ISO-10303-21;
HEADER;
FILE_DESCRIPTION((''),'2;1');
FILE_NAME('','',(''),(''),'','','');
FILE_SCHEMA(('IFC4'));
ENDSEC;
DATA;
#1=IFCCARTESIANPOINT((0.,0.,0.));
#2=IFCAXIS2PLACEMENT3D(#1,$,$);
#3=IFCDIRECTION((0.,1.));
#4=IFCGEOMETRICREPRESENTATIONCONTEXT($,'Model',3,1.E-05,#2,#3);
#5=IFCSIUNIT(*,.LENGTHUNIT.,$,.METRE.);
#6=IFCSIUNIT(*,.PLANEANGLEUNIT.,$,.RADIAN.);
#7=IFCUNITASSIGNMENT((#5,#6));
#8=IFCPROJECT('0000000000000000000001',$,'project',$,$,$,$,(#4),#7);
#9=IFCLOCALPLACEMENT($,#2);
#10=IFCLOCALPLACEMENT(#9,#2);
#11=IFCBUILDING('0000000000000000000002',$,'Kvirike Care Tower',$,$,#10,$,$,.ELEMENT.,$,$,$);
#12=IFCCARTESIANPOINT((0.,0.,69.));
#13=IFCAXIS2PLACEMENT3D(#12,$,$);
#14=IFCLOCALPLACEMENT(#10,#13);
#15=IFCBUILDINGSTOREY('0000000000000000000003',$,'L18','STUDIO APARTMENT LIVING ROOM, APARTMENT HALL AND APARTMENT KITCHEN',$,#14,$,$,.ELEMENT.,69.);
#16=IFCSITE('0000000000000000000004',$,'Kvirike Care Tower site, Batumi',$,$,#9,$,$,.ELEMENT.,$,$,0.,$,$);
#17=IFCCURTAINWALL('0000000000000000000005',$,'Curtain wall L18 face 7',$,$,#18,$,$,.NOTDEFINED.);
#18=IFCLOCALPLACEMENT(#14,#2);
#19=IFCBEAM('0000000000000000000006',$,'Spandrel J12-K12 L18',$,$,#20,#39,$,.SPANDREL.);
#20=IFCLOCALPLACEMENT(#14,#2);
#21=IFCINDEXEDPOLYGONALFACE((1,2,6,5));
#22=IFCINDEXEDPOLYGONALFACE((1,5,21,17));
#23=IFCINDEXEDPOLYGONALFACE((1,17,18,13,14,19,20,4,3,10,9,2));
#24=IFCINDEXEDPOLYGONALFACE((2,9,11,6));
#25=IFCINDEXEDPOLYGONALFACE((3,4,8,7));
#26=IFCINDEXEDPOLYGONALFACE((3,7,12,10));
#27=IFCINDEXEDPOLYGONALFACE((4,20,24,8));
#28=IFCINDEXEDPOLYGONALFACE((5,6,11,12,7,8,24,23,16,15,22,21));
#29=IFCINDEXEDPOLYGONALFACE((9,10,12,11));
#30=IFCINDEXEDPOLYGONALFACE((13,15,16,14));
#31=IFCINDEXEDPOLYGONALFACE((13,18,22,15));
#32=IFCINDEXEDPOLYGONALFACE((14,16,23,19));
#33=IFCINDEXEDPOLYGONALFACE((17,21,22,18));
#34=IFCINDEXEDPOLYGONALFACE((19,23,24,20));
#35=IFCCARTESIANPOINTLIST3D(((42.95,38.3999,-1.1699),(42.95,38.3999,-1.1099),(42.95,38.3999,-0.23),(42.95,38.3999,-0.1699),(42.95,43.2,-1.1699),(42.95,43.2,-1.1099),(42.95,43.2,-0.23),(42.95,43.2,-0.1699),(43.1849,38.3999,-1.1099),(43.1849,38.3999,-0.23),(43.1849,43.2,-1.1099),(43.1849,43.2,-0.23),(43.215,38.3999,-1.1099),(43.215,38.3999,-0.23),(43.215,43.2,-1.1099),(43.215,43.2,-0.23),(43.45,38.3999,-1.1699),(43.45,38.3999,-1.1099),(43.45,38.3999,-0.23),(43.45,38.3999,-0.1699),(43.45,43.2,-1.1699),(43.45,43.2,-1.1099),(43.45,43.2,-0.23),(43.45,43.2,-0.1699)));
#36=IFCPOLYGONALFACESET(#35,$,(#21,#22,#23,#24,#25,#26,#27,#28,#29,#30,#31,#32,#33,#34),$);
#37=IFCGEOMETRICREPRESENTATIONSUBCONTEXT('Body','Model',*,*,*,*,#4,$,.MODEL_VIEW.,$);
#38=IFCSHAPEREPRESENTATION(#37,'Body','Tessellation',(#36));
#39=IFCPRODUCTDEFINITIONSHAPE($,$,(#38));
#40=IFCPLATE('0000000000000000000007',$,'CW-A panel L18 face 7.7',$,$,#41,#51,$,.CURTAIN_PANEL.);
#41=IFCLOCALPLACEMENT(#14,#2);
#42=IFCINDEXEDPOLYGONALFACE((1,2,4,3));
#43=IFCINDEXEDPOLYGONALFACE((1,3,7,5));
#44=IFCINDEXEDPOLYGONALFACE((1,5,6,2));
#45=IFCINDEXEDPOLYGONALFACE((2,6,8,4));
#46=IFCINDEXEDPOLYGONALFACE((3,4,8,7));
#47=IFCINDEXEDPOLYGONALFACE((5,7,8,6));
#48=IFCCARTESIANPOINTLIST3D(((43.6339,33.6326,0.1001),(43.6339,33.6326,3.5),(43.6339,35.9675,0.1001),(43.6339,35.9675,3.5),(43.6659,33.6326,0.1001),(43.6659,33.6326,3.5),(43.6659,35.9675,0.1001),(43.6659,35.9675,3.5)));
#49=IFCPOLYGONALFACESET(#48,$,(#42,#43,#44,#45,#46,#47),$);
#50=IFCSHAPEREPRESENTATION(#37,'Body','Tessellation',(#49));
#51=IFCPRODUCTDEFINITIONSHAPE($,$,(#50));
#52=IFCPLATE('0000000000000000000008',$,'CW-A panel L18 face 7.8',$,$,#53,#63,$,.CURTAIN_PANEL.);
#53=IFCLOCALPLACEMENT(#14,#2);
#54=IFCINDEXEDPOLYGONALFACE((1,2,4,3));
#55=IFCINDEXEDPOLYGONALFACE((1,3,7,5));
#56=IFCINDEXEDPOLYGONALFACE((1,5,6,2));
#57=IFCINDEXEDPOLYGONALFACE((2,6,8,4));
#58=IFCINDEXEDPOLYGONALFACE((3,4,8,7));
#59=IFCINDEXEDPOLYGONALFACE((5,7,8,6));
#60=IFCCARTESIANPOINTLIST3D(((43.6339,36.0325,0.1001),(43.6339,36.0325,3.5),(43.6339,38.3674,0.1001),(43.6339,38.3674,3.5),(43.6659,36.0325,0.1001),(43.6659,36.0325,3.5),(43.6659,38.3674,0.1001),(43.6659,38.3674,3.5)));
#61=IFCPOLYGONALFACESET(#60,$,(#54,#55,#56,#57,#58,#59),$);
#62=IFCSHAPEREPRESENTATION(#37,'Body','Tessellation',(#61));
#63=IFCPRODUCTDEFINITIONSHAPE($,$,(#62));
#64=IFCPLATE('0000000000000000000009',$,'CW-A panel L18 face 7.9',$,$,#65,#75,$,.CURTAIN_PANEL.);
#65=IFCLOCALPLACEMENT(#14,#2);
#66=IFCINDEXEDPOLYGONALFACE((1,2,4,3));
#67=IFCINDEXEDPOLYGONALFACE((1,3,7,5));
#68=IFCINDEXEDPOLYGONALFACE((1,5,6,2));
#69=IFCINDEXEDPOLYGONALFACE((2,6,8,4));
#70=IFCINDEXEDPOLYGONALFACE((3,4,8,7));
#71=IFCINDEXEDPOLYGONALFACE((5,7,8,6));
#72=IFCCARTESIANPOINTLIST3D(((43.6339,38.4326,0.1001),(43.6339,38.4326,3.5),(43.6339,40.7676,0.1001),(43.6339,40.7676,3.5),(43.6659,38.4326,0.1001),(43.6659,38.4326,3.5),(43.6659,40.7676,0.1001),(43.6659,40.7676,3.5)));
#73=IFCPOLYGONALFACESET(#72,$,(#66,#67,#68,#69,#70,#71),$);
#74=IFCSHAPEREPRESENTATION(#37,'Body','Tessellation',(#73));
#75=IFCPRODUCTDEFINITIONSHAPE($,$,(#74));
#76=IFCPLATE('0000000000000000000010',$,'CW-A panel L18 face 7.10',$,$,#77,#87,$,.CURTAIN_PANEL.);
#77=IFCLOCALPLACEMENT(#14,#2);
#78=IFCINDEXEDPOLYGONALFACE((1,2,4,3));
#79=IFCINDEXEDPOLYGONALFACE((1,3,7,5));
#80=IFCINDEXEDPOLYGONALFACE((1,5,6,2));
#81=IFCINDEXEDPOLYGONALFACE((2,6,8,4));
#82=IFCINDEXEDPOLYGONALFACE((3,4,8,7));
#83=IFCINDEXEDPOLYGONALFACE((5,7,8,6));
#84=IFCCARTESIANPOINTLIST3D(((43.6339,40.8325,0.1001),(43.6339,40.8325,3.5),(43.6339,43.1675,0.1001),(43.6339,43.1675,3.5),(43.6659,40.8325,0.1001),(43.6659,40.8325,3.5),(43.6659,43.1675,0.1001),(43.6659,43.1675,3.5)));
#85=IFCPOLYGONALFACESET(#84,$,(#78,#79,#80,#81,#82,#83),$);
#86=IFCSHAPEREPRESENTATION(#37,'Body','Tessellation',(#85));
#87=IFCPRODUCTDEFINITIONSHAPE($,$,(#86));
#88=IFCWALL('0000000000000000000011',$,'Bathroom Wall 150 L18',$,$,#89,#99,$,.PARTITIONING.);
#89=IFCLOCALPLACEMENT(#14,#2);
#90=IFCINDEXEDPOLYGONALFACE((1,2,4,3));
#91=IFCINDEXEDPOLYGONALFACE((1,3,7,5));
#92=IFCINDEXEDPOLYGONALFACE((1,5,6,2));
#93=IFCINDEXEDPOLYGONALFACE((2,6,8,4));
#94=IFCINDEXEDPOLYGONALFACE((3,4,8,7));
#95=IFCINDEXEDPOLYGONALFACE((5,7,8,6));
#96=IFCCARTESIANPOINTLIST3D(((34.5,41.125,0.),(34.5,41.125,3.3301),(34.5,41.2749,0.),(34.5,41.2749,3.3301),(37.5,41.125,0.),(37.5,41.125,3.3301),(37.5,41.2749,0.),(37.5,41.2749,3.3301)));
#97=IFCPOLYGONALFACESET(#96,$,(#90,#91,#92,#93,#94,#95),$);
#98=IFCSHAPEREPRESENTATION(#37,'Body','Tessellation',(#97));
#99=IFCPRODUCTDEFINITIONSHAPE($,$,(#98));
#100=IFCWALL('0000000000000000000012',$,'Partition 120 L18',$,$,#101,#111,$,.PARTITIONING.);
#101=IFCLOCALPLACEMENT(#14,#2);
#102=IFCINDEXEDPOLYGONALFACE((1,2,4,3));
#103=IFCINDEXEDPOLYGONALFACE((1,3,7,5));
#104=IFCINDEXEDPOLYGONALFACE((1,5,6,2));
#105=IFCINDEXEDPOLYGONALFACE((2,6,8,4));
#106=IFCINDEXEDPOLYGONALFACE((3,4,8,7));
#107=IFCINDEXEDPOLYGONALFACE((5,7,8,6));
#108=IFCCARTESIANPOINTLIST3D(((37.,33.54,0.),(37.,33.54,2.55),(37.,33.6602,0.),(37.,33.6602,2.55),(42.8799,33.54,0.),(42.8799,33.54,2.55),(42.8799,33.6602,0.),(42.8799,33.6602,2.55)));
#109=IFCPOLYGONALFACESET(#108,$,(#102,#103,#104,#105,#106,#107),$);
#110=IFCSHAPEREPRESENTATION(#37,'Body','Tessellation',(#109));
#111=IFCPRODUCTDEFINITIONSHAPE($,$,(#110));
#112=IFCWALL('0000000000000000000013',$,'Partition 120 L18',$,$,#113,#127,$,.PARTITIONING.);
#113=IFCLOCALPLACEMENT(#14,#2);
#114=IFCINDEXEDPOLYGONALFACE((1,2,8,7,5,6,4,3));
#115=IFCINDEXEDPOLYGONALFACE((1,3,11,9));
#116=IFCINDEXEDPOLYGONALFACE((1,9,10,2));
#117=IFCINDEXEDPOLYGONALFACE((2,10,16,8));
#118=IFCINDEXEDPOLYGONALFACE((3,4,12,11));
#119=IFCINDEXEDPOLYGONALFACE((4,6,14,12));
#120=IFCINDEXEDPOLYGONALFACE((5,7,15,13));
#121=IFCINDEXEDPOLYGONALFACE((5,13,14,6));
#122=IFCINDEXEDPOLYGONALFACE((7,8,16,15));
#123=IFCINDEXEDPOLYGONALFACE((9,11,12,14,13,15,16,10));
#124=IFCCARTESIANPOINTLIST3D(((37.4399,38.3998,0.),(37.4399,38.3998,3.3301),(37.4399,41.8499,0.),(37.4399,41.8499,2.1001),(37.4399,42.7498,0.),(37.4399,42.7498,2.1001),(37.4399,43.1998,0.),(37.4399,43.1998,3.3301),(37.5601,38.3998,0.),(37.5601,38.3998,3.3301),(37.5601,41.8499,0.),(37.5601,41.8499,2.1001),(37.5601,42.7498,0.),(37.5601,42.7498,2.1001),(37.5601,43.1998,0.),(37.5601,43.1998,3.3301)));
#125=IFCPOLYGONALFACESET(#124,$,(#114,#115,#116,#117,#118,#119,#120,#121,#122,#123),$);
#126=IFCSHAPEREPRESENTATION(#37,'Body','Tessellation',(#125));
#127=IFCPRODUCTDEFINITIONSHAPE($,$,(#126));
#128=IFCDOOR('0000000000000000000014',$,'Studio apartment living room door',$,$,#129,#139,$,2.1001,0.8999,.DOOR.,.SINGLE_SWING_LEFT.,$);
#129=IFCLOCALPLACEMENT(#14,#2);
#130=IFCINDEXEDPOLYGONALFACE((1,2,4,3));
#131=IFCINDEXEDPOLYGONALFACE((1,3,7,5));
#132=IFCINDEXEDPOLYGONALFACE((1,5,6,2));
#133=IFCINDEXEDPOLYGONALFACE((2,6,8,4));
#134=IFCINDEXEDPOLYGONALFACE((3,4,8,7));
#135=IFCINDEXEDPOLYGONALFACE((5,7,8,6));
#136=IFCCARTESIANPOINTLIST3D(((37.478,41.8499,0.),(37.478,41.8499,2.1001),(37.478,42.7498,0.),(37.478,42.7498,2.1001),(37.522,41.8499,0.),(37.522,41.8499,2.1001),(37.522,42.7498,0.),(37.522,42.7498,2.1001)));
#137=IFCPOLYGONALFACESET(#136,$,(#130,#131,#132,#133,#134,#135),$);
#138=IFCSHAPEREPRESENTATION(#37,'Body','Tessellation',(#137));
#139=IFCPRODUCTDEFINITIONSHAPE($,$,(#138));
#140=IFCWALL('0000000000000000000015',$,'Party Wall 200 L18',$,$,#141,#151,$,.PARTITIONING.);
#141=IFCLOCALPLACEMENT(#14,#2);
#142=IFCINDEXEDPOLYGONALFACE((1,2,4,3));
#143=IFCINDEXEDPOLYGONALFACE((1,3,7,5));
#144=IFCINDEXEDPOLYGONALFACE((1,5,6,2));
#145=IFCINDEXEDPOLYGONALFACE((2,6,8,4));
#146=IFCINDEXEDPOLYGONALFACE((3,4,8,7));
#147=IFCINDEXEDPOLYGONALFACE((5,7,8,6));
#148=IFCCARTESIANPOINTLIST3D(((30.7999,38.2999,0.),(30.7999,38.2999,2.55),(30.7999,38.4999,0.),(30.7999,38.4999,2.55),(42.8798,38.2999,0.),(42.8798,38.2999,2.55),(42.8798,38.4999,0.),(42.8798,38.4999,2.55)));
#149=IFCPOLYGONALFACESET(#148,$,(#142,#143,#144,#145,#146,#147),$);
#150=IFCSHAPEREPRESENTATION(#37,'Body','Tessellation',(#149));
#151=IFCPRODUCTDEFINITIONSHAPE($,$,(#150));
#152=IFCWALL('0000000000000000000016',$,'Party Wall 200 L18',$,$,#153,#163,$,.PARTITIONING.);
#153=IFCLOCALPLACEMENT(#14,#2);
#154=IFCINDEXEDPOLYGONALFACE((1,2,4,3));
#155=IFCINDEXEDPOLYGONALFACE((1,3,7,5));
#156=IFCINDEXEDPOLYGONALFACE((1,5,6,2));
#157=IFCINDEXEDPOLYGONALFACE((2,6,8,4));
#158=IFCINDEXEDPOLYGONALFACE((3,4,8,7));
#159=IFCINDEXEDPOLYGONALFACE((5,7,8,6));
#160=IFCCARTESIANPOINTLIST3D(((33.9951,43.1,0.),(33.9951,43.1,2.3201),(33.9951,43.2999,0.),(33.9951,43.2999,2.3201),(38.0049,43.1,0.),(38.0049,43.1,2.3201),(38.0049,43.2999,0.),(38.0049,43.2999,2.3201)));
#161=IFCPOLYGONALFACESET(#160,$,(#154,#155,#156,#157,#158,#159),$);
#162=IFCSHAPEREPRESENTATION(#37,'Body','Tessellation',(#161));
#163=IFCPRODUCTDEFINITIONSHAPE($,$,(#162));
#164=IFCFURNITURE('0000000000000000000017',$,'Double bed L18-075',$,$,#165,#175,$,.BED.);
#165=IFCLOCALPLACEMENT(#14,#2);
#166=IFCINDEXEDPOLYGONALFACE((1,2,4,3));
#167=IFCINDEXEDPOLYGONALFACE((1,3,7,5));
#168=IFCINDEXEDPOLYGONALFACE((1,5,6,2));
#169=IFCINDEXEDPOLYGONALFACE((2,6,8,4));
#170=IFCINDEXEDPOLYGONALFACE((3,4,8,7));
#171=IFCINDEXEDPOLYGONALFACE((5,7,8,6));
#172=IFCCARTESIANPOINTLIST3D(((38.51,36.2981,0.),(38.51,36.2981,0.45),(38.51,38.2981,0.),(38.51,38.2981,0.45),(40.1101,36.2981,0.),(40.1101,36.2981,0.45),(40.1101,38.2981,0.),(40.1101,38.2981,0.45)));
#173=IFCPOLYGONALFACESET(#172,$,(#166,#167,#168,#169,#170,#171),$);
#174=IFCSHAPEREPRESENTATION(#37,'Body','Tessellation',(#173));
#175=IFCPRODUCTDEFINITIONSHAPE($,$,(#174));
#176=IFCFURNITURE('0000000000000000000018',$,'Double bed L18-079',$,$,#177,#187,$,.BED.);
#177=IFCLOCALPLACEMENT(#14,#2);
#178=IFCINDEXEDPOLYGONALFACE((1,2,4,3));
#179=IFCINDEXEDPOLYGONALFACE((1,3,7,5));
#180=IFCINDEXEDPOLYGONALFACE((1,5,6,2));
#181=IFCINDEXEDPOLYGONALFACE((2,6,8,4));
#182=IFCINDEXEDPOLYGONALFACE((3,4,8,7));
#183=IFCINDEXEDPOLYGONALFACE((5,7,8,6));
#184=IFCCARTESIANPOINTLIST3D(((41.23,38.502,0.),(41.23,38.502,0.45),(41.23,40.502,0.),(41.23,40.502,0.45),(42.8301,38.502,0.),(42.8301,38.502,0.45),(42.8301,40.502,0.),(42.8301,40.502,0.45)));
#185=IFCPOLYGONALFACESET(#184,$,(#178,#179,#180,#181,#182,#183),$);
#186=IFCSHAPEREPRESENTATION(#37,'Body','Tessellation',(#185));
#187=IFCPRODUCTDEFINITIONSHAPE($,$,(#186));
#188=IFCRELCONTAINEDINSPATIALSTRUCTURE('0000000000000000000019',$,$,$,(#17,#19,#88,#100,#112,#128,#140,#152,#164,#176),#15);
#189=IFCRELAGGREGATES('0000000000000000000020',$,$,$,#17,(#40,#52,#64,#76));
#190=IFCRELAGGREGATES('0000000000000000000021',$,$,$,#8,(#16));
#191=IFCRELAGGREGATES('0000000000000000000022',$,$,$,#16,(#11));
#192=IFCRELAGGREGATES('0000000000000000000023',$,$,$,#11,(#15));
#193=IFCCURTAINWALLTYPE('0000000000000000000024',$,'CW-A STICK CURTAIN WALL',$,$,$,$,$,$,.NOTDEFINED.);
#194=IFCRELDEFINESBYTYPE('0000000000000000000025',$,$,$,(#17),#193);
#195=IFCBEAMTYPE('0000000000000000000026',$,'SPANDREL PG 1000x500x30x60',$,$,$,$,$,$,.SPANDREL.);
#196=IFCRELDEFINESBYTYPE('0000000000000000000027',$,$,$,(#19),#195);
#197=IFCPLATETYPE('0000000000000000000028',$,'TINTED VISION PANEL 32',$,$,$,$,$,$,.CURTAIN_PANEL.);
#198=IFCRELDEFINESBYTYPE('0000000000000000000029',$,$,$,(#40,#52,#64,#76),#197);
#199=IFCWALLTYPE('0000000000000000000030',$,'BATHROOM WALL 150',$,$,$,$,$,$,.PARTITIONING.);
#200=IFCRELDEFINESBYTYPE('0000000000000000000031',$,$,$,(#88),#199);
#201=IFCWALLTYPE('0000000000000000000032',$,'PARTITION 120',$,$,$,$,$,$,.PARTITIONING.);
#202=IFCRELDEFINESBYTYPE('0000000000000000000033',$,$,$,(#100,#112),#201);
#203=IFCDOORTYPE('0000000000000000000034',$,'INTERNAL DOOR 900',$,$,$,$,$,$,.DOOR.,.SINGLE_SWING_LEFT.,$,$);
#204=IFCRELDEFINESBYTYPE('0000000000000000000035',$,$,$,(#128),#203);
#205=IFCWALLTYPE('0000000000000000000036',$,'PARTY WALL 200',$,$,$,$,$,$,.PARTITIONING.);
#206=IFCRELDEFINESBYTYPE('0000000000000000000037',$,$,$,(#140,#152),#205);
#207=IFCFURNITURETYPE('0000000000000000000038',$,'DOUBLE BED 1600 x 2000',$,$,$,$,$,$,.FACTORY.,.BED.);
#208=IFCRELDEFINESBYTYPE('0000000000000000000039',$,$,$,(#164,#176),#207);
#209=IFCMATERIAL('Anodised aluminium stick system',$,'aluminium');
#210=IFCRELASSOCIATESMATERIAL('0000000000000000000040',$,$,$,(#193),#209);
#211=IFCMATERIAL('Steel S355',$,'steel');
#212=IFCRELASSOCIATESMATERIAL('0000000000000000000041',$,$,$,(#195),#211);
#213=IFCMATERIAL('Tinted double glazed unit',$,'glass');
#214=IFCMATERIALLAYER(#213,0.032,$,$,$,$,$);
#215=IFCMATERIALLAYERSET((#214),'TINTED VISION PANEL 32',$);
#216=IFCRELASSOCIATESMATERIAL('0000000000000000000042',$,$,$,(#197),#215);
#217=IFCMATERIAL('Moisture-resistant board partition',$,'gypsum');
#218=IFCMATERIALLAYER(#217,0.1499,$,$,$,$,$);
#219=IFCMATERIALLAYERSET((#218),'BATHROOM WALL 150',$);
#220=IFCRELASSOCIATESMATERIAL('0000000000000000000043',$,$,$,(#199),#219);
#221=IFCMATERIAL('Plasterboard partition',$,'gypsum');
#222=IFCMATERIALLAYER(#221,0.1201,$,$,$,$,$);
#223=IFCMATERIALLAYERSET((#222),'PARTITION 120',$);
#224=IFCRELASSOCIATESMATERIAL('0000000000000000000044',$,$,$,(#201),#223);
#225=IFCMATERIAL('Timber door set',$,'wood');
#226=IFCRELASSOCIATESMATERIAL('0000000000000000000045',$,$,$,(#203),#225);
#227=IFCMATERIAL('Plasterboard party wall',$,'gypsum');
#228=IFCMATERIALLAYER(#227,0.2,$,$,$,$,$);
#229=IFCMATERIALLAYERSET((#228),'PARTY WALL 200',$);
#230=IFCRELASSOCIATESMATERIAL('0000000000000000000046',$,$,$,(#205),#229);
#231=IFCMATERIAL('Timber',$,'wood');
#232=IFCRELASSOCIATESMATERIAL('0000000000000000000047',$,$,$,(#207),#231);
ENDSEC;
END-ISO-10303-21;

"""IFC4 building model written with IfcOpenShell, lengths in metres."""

from ifc_helpers import new_model, si_unit, direction, frame, frame_2d, origin, origin_2d, place, context, subcontext, project, spatial, rectangle, i_section, extrude, material, layer, layer_set, material_profile, profile_set, type_object, element, fill, aggregate, save


model = new_model("IFC4")

# Units and contexts
model_context = context("Model", 3, precision=1e-05, world=origin(), true_north=direction((0.0, 1.0)))
body_context = subcontext(model_context, "Body", "Model", "MODEL_VIEW")
ifc_project = project(units=[si_unit("LENGTHUNIT", "METRE"), si_unit("PLANEANGLEUNIT", "RADIAN")], contexts=[model_context])

# Site, building, storey
site_placement = place(None, origin())
site = spatial("IfcSite", under=ifc_project, at=site_placement, Name="Kvirike Care Tower site, Batumi", CompositionType="ELEMENT", RefElevation=0.0)
building_placement = place(site_placement, origin())
building = spatial("IfcBuilding", under=site, at=building_placement, Name="Kvirike Care Tower", CompositionType="ELEMENT")
storey_placement = place(building_placement, frame((0.0, 0.0, 69.0)))
storey = spatial("IfcBuildingStorey", under=building, at=storey_placement, Name="L18", Description="STUDIO APARTMENT LIVING ROOM, APARTMENT HALL AND APARTMENT KITCHEN", CompositionType="ELEMENT", Elevation=69.0)

# Curtain wall
ifc_material_1 = material(Name="Anodised aluminium stick system", Category="aluminium")
curtain_wall_type = type_object("IfcCurtainWallType", Name="CW-A STICK CURTAIN WALL", PredefinedType="NOTDEFINED", material=ifc_material_1)
curtain_wall_placement = place(storey_placement, origin())
curtain_wall = element("IfcCurtainWall", 1, at=curtain_wall_placement, inside=storey, type_object=curtain_wall_type, Name="Curtain wall L18 face 7", PredefinedType="NOTDEFINED")

# Beam
ifc_material_2 = material(Name="Steel S355", Category="steel")
ifc_material_profile_1 = material_profile(ifc_material_2, i_section(OverallWidth=0.5, OverallDepth=1.0, WebThickness=0.03, FlangeThickness=0.0601, at=origin_2d()), Name="PG 1000x500x30x60")
ifc_profile_set_1 = profile_set([ifc_material_profile_1], Name="Steel S355")
beam_type_1 = type_object("IfcBeamType", Name="SPANDREL PG 1000x500x30x60", PredefinedType="SPANDREL", material=ifc_profile_set_1)
beam_1_placement = place(storey_placement, frame((43.2, 38.3999, -0.6699), z_axis=(0.0, 1.0, 0.0), x_axis=(-1.0, 0.0, 0.0)))
element("IfcBeam", 2, at=beam_1_placement, inside=storey, type_object=beam_type_1, Name="Spandrel J12-K12 L18", PredefinedType="SPANDREL", context=body_context, shape_type="SweptSolid", body=[
    extrude(i_section(OverallWidth=0.5, OverallDepth=1.0, WebThickness=0.03, FlangeThickness=0.0601, at=origin_2d()), origin(), (0.0, 0.0, 1.0), 4.8),
])

# Plates
ifc_material_3 = material(Name="Tinted double glazed unit", Category="glass")
ifc_layer_1 = layer(ifc_material_3, 0.032)
ifc_layer_set_1 = layer_set([ifc_layer_1], Name="TINTED VISION PANEL 32")
plate_type = type_object("IfcPlateType", Name="TINTED VISION PANEL 32", PredefinedType="CURTAIN_PANEL", material=ifc_layer_set_1)
plate_1_placement = place(storey_placement, frame((43.6499, 34.8, 0.1001), z_axis=(0.0, 0.0, 1.0), x_axis=(0.0, 1.0, 0.0)))
plate_1 = element("IfcPlate", 3, at=plate_1_placement, type_object=plate_type, Name="CW-A panel L18 face 7.7", PredefinedType="CURTAIN_PANEL", context=body_context, shape_type="SweptSolid", body=[
    extrude(rectangle(XDim=2.335, YDim=0.032, at=origin_2d()), origin(), (0.0, 0.0, 1.0), 3.3999),
])
plate_2_placement = place(storey_placement, frame((43.6499, 37.2, 0.1001), z_axis=(0.0, 0.0, 1.0), x_axis=(0.0, 1.0, 0.0)))
plate_2 = element("IfcPlate", 4, at=plate_2_placement, type_object=plate_type, Name="CW-A panel L18 face 7.8", PredefinedType="CURTAIN_PANEL", context=body_context, shape_type="SweptSolid", body=[
    extrude(rectangle(XDim=2.335, YDim=0.032, at=origin_2d()), origin(), (0.0, 0.0, 1.0), 3.3999),
])
plate_3_placement = place(storey_placement, frame((43.6499, 39.6001, 0.1001), z_axis=(0.0, 0.0, 1.0), x_axis=(0.0, 1.0, 0.0)))
plate_3 = element("IfcPlate", 5, at=plate_3_placement, type_object=plate_type, Name="CW-A panel L18 face 7.9", PredefinedType="CURTAIN_PANEL", context=body_context, shape_type="SweptSolid", body=[
    extrude(rectangle(XDim=2.335, YDim=0.032, at=origin_2d()), origin(), (0.0, 0.0, 1.0), 3.3999),
])
plate_4_placement = place(storey_placement, frame((43.6499, 42.0, 0.1001), z_axis=(0.0, 0.0, 1.0), x_axis=(0.0, 1.0, 0.0)))
plate_4 = element("IfcPlate", 6, at=plate_4_placement, type_object=plate_type, Name="CW-A panel L18 face 7.10", PredefinedType="CURTAIN_PANEL", context=body_context, shape_type="SweptSolid", body=[
    extrude(rectangle(XDim=2.335, YDim=0.032, at=origin_2d()), origin(), (0.0, 0.0, 1.0), 3.3999),
])
aggregate(curtain_wall, [plate_1, plate_2, plate_3, plate_4])

# Walls
ifc_material_4 = material(Name="Moisture-resistant board partition", Category="gypsum")
ifc_layer_2 = layer(ifc_material_4, 0.1499)
ifc_layer_set_2 = layer_set([ifc_layer_2], Name="BATHROOM WALL 150")
wall_type_1 = type_object("IfcWallType", Name="BATHROOM WALL 150", PredefinedType="PARTITIONING", material=ifc_layer_set_2)
wall_1_placement = place(storey_placement, frame((37.5, 41.2, 0.0), z_axis=(0.0, 0.0, 1.0), x_axis=(-1.0, 0.0, 0.0)))
element("IfcWall", 7, at=wall_1_placement, inside=storey, type_object=wall_type_1, Name="Bathroom Wall 150 L18", PredefinedType="PARTITIONING", context=body_context, shape_type="SweptSolid", body=[
    extrude(rectangle(XDim=3.0, YDim=0.1499, at=frame_2d((1.5, 0.0))), origin(), (0.0, 0.0, 1.0), 3.3301),
])
ifc_material_5 = material(Name="Plasterboard partition", Category="gypsum")
ifc_layer_3 = layer(ifc_material_5, 0.1201)
ifc_layer_set_3 = layer_set([ifc_layer_3], Name="PARTITION 120")
wall_type_2 = type_object("IfcWallType", Name="PARTITION 120", PredefinedType="PARTITIONING", material=ifc_layer_set_3)
wall_2_placement = place(storey_placement, frame((42.8799, 33.6001, 0.0), z_axis=(0.0, 0.0, 1.0), x_axis=(-1.0, 0.0, 0.0)))
element("IfcWall", 8, at=wall_2_placement, inside=storey, type_object=wall_type_2, Name="Partition 120 L18", PredefinedType="PARTITIONING", context=body_context, shape_type="SweptSolid", body=[
    extrude(rectangle(XDim=5.8799, YDim=0.1201, at=frame_2d((2.9399, 0.0))), origin(), (0.0, 0.0, 1.0), 2.55),
])

# Wall, opening, door
wall_3_placement = place(storey_placement, frame((37.5, 38.3999, 0.0), z_axis=(0.0, 0.0, 1.0), x_axis=(0.0, 1.0, 0.0)))
wall_3 = element("IfcWall", 9, at=wall_3_placement, inside=storey, type_object=wall_type_2, Name="Partition 120 L18", PredefinedType="PARTITIONING", context=body_context, shape_type="SweptSolid", body=[
    extrude(rectangle(XDim=4.8, YDim=0.1201, at=frame_2d((2.3999, 0.0))), origin(), (0.0, 0.0, 1.0), 3.3301),
])
opening_placement = place(wall_3_placement, frame((3.45, 0.0, 0.0)))
opening = element("IfcOpeningElement", 10, at=opening_placement, cuts=wall_3, PredefinedType="OPENING", context=body_context, shape_type="SweptSolid", body=[
    extrude(rectangle(XDim=0.8999, YDim=2.1001, at=frame_2d((0.45, 1.05))), frame((0.0, 0.0706, 0.0), z_axis=(0.0, -1.0, 0.0), x_axis=(1.0, 0.0, 0.0)), (0.0, 0.0, 1.0), 0.1411),
])
ifc_material_6 = material(Name="Timber door set", Category="wood")
door_type = type_object("IfcDoorType", Name="INTERNAL DOOR 900", OperationType="SINGLE_SWING_LEFT", PredefinedType="DOOR", material=ifc_material_6)
door_placement = place(opening_placement, origin())
door = element("IfcDoor", 11, at=door_placement, inside=storey, type_object=door_type, Name="Studio apartment living room door", OperationType="SINGLE_SWING_LEFT", OverallHeight=2.1001, OverallWidth=0.8999, PredefinedType="DOOR", context=body_context, shape_type="SweptSolid", body=[
    extrude(rectangle(XDim=0.8999, YDim=2.1001, at=frame_2d((0.45, 1.05))), frame((0.0, 0.022, 0.0), z_axis=(0.0, -1.0, 0.0), x_axis=(1.0, 0.0, 0.0)), (0.0, 0.0, 1.0), 0.0439),
])
fill(opening, door)

# Walls
ifc_material_7 = material(Name="Plasterboard party wall", Category="gypsum")
ifc_layer_4 = layer(ifc_material_7, 0.2)
ifc_layer_set_4 = layer_set([ifc_layer_4], Name="PARTY WALL 200")
wall_type_3 = type_object("IfcWallType", Name="PARTY WALL 200", PredefinedType="PARTITIONING", material=ifc_layer_set_4)
wall_4_placement = place(storey_placement, frame((42.8799, 38.3999, 0.0), z_axis=(0.0, 0.0, 1.0), x_axis=(-1.0, 0.0, 0.0)))
element("IfcWall", 12, at=wall_4_placement, inside=storey, type_object=wall_type_3, Name="Party Wall 200 L18", PredefinedType="PARTITIONING", context=body_context, shape_type="SweptSolid", body=[
    extrude(rectangle(XDim=12.0798, YDim=0.2, at=frame_2d((6.04, 0.0))), origin(), (0.0, 0.0, 1.0), 2.55),
])
wall_5_placement = place(storey_placement, frame((38.0049, 43.2, 0.0), z_axis=(0.0, 0.0, 1.0), x_axis=(-1.0, 0.0, 0.0)))
element("IfcWall", 13, at=wall_5_placement, inside=storey, type_object=wall_type_3, Name="Party Wall 200 L18", PredefinedType="PARTITIONING", context=body_context, shape_type="SweptSolid", body=[
    extrude(rectangle(XDim=4.0098, YDim=0.2, at=frame_2d((2.0049, 0.0))), origin(), (0.0, 0.0, 1.0), 2.3201),
])

# Furniture
ifc_material_8 = material(Name="Timber", Category="wood")
furniture_type = type_object("IfcFurnitureType", Name="DOUBLE BED 1600 x 2000", AssemblyPlace="FACTORY", PredefinedType="BED", material=ifc_material_8)
for number, where, z_axis, x_axis, name in (
    (14, (39.3101, 37.2981, 0.0), (0.0, 0.0, 1.0), (1.0, 0.0, 0.0), "Double bed L18-075"),
    (15, (42.03, 39.502, 0.0), (0.0, 0.0, 1.0), (-1.0, 0.0, 0.0), "Double bed L18-079"),
):
    element("IfcFurniture", number, at=place(storey_placement, frame(where, z_axis=z_axis, x_axis=x_axis)), inside=storey, type_object=furniture_type, Name=name, PredefinedType="BED", context=body_context, shape_type="SweptSolid", body=[
        extrude(rectangle(XDim=1.6001, YDim=2.0, at=origin_2d()), origin(), (0.0, 0.0, 1.0), 0.45),
    ])

save(model, "model.ifc")
